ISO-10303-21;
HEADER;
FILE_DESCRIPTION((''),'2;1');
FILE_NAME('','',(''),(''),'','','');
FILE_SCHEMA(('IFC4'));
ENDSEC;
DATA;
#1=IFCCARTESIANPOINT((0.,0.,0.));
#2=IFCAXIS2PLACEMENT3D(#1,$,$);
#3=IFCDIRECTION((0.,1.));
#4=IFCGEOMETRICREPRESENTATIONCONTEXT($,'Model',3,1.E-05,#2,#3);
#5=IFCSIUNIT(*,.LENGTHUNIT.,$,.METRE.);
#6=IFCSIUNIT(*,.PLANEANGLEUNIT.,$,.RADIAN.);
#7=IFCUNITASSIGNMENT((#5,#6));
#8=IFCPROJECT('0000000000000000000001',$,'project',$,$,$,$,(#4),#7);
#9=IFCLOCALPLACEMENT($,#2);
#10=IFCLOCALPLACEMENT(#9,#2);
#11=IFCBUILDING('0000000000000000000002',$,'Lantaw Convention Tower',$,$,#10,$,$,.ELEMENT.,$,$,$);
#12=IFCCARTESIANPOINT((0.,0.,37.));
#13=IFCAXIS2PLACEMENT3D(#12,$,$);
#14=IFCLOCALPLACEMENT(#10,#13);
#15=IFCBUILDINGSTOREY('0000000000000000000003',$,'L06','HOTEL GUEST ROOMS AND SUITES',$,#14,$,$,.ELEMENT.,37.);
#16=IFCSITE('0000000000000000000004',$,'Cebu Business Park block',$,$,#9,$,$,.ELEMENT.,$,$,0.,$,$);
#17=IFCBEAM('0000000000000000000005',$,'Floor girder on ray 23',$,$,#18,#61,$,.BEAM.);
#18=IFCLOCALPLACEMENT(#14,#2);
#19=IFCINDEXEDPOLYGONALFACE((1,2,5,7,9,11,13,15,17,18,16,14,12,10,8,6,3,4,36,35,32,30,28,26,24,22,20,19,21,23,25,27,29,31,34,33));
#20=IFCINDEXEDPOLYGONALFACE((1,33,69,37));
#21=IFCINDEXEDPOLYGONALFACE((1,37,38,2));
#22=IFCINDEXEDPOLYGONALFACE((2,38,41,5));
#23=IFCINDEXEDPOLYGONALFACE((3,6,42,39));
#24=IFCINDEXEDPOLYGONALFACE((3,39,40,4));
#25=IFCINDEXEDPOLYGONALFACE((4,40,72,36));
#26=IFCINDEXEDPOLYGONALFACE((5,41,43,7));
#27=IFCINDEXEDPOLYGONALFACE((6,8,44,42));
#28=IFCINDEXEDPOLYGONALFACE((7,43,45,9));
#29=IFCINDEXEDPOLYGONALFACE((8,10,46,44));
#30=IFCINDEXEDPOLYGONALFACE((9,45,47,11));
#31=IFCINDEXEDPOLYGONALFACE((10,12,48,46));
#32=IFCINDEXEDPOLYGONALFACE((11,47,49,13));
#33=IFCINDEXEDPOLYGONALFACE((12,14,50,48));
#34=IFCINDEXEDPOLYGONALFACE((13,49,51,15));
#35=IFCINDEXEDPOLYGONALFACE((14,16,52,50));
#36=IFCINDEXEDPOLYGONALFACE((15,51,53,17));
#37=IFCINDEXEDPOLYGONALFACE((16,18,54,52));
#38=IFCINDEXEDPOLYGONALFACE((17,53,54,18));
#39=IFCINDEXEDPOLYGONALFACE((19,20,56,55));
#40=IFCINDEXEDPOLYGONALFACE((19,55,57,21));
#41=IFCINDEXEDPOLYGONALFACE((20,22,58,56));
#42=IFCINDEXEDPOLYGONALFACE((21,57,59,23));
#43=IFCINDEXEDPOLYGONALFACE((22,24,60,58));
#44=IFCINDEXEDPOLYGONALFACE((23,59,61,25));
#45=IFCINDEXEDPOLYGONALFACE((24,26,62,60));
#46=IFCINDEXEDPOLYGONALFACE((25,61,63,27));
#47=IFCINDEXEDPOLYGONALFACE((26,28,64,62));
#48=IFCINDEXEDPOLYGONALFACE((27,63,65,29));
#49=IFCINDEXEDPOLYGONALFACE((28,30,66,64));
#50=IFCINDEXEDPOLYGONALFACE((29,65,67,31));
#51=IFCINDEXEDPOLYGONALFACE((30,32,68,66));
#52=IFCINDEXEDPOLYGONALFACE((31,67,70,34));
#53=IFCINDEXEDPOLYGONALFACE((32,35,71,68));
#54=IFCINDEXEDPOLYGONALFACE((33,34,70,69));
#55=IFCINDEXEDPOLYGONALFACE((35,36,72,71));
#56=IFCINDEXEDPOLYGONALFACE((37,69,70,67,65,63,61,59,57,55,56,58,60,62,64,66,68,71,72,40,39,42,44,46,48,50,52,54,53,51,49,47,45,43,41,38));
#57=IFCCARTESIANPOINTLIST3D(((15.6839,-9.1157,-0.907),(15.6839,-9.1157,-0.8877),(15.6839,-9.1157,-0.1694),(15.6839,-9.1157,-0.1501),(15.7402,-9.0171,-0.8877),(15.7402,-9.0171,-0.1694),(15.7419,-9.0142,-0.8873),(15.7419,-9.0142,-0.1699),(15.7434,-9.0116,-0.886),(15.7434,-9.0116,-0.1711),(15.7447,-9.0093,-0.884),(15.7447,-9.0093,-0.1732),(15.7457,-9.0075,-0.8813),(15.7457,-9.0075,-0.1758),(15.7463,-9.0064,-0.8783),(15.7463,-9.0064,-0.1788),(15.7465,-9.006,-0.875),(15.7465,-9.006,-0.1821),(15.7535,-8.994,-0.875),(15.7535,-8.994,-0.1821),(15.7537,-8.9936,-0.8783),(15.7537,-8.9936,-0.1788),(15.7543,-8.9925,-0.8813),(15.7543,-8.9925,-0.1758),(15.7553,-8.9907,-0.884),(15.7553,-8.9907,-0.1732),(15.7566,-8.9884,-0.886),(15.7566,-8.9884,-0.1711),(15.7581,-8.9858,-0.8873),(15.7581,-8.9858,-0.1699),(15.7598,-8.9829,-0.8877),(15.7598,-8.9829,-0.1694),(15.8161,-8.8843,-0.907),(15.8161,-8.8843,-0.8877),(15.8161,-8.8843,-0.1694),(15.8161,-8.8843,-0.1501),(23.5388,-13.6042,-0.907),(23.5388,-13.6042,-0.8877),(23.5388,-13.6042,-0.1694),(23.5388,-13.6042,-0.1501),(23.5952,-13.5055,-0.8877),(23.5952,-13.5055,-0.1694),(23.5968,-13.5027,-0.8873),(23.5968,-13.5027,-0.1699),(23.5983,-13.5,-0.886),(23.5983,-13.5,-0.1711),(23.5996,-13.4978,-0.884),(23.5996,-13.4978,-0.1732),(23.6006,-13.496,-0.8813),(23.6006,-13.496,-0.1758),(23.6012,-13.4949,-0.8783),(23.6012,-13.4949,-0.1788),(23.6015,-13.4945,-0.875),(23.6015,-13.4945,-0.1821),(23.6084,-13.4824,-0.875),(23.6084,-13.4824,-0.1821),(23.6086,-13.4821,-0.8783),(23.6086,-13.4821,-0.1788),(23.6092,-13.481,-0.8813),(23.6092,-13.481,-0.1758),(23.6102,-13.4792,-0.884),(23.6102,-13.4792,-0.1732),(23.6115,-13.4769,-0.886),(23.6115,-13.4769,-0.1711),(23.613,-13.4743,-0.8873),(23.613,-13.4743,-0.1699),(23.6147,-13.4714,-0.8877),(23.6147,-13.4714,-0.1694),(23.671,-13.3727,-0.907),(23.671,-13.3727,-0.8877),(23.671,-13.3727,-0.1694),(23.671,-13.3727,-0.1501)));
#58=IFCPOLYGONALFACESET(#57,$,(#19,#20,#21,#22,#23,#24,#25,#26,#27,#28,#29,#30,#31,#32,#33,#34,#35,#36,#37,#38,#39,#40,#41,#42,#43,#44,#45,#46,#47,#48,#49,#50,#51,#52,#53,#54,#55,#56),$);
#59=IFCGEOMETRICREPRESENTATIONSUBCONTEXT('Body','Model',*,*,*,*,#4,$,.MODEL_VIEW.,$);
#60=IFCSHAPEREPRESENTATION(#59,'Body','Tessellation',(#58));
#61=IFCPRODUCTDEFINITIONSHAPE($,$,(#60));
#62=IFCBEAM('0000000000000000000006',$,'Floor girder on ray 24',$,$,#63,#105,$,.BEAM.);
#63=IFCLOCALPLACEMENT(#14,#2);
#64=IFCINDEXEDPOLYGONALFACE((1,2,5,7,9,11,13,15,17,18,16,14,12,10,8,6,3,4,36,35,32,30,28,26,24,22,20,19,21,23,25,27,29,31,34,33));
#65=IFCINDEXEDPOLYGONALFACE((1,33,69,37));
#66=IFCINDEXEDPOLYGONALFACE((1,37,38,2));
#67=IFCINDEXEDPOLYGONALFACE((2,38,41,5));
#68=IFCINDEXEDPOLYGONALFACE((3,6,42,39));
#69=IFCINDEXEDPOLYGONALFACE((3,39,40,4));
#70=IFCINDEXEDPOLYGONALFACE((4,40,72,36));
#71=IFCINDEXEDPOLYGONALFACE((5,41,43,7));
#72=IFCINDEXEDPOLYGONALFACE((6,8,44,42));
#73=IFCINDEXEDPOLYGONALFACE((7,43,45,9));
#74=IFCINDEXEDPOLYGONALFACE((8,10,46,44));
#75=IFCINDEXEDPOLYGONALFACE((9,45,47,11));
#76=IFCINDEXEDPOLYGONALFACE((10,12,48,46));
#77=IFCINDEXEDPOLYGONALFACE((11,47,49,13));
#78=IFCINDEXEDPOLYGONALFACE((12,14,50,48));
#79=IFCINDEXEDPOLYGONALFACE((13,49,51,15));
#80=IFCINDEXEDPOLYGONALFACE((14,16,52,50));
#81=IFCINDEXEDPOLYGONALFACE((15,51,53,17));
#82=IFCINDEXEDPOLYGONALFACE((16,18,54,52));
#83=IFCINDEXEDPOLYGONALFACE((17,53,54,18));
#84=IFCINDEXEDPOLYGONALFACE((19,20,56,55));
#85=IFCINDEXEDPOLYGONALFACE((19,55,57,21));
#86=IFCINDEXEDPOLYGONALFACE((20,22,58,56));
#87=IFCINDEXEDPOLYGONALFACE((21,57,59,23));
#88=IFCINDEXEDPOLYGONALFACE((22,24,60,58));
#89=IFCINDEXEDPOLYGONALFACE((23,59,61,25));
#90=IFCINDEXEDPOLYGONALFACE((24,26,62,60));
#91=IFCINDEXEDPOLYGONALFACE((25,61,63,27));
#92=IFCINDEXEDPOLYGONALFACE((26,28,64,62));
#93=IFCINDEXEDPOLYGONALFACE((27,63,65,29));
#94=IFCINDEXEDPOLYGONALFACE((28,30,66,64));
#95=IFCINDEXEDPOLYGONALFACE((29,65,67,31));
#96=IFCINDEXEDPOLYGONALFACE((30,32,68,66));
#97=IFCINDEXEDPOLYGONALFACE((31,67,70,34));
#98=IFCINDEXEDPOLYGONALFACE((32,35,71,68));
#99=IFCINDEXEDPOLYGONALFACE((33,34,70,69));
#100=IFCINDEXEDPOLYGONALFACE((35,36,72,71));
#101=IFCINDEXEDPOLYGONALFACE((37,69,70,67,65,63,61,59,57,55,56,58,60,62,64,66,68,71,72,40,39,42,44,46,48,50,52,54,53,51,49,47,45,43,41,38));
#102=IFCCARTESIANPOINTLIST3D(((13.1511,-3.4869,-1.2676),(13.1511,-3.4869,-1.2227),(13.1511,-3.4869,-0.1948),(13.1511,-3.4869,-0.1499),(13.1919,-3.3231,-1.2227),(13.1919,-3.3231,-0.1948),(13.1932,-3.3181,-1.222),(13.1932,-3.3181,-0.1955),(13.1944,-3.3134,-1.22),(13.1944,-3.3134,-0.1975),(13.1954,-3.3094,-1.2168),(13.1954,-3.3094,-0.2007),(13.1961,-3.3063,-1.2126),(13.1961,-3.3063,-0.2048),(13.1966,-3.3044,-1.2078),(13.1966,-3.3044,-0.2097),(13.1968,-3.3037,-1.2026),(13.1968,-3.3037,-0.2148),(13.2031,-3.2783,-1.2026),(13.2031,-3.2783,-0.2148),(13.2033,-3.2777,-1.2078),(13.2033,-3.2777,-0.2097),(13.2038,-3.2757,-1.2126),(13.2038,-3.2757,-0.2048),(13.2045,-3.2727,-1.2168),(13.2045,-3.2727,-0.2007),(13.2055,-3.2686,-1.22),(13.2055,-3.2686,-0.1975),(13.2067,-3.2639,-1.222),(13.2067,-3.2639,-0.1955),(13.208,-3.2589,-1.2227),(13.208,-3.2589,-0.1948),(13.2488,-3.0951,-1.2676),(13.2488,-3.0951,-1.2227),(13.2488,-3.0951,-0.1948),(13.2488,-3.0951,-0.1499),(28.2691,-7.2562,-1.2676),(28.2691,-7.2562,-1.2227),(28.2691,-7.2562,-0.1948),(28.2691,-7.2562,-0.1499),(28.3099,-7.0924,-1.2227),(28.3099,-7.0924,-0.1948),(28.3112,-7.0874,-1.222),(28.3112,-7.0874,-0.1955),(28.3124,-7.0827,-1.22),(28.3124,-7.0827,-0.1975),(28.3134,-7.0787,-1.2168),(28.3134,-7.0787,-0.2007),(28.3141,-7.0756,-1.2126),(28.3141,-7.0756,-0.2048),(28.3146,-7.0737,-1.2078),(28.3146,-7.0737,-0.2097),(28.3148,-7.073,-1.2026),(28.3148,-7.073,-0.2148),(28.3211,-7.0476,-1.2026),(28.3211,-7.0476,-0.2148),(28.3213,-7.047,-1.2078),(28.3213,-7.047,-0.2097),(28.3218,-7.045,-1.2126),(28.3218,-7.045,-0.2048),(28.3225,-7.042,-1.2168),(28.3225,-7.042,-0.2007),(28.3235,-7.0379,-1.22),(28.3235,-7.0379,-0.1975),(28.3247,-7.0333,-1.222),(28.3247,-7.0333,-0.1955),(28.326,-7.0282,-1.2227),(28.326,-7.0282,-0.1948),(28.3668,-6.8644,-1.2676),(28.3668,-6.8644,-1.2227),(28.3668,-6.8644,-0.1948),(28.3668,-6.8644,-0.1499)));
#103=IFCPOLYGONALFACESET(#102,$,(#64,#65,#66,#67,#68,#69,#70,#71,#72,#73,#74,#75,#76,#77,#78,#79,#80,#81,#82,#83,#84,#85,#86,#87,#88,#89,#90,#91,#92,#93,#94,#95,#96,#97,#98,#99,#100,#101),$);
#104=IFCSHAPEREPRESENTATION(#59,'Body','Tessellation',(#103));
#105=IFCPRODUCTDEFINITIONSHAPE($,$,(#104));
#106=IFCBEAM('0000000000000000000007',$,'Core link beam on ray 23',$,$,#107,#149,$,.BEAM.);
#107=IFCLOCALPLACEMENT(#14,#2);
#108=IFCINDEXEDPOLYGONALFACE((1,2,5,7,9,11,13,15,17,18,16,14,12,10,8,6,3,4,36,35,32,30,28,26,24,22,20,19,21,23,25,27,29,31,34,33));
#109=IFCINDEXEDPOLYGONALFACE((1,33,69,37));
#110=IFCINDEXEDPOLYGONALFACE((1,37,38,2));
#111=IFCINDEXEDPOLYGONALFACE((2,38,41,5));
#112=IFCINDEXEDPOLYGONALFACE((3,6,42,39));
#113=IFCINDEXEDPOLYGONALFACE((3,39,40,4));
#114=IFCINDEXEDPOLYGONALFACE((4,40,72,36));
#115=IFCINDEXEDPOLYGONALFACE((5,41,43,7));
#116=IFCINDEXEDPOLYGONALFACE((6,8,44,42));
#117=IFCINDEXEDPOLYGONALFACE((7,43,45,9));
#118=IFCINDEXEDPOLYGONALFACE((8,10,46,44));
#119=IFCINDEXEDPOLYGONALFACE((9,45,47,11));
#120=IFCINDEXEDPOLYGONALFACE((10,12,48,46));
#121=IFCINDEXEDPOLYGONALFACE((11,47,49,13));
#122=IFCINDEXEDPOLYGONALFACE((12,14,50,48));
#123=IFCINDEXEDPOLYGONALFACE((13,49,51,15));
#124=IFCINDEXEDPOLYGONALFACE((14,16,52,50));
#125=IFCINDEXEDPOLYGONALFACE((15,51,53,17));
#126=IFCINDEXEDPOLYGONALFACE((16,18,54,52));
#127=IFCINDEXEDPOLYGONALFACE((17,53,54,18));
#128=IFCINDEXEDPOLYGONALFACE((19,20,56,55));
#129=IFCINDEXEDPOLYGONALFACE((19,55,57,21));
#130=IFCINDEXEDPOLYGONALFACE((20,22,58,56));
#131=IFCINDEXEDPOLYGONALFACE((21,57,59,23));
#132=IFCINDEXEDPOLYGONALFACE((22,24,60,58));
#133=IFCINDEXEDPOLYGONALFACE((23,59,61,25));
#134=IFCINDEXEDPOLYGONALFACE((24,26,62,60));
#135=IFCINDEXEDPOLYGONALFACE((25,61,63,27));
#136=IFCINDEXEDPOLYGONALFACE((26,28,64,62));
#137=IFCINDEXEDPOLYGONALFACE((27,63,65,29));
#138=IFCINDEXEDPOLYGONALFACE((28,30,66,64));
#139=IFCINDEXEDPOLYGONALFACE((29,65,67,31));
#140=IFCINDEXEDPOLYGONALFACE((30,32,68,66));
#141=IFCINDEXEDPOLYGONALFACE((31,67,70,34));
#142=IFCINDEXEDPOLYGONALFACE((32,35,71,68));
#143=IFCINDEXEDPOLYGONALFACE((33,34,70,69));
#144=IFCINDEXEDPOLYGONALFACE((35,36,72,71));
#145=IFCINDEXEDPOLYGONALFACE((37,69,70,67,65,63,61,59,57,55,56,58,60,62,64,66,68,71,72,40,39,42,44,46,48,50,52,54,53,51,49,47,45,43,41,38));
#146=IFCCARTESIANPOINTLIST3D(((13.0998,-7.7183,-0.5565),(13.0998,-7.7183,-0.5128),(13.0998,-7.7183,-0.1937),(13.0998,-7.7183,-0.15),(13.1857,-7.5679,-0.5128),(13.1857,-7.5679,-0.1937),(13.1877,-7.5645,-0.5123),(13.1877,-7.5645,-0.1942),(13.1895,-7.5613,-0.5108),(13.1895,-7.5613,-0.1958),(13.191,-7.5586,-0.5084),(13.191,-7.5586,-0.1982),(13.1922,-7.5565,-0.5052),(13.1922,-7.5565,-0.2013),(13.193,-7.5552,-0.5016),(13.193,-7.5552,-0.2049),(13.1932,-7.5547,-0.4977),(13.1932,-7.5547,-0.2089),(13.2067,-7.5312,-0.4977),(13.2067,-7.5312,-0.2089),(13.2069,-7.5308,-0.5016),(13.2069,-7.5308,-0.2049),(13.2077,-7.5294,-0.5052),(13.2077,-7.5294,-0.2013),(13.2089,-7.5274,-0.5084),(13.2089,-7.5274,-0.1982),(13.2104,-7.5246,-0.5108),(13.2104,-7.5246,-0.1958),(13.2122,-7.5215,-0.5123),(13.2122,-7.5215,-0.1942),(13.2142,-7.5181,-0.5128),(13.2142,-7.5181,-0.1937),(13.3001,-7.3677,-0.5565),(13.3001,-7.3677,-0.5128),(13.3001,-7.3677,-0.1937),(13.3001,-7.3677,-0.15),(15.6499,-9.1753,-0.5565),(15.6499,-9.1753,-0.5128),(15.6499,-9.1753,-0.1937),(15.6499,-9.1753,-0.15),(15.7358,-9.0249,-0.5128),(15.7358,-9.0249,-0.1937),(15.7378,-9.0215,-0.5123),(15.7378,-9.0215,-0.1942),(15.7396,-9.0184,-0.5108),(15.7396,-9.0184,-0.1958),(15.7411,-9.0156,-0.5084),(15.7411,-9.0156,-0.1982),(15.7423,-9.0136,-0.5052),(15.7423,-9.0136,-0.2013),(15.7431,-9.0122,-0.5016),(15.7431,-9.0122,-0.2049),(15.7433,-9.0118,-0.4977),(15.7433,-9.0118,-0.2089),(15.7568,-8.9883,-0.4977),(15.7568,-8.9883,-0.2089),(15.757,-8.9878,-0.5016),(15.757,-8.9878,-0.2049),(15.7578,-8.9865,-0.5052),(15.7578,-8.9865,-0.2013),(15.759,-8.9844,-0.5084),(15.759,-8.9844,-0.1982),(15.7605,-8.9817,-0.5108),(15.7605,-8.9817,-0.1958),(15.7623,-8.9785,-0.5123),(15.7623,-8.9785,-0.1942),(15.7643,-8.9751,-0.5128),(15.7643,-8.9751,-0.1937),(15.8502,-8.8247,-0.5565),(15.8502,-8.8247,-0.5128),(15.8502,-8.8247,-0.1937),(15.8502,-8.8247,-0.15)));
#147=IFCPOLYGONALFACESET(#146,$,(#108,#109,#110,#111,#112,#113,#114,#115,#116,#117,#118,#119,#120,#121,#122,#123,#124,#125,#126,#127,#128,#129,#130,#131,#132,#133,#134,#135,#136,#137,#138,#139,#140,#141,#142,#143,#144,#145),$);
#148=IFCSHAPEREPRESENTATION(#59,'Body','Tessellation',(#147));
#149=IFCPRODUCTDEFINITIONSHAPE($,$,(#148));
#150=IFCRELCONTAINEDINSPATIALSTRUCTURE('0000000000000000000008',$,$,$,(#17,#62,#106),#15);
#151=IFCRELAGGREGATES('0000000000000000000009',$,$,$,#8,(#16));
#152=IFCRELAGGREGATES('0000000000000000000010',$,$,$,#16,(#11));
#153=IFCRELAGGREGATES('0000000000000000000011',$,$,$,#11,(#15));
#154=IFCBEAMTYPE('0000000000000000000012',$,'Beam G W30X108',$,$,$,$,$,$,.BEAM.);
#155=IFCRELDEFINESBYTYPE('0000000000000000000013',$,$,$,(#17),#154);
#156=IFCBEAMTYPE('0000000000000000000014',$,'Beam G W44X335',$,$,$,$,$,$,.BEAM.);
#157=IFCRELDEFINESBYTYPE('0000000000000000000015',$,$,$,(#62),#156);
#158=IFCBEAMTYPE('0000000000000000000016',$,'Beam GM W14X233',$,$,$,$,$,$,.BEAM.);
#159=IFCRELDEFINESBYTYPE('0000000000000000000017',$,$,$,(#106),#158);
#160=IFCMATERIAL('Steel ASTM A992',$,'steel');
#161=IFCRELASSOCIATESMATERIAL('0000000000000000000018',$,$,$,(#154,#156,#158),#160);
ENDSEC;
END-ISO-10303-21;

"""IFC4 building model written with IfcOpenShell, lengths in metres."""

from ifc_helpers import new_model, si_unit, direction, frame, origin, origin_2d, place, context, subcontext, project, spatial, i_section, extrude, material, material_profile, profile_set, type_object, element, save


model = new_model("IFC4")

# Units and contexts
model_context = context("Model", 3, precision=1e-05, world=origin(), true_north=direction((0.0, 1.0)))
body_context = subcontext(model_context, "Body", "Model", "MODEL_VIEW")
ifc_project = project(units=[si_unit("LENGTHUNIT", "METRE"), si_unit("PLANEANGLEUNIT", "RADIAN")], contexts=[model_context])

# Site, building, storey
site_placement = place(None, origin())
site = spatial("IfcSite", under=ifc_project, at=site_placement, Name="Cebu Business Park block", CompositionType="ELEMENT", RefElevation=0.0)
building_placement = place(site_placement, origin())
building = spatial("IfcBuilding", under=site, at=building_placement, Name="Lantaw Convention Tower", CompositionType="ELEMENT")
storey_placement = place(building_placement, frame((0.0, 0.0, 37.0)))
storey = spatial("IfcBuildingStorey", under=building, at=storey_placement, Name="L06", Description="HOTEL GUEST ROOMS AND SUITES", CompositionType="ELEMENT", Elevation=37.0)

# Beams
ifc_material_1 = material(Name="Steel ASTM A992", Category="steel")
ifc_material_profile_1 = material_profile(ifc_material_1, i_section(OverallWidth=0.2666, OverallDepth=0.7568, WebThickness=0.0139, FlangeThickness=0.0193, FilletRadius=0.0127, at=origin_2d()), Name="W30X108")
ifc_profile_set_1 = profile_set([ifc_material_profile_1], Name="Steel ASTM A992")
beam_type_1 = type_object("IfcBeamType", Name="Beam G W30X108", PredefinedType="BEAM", material=ifc_profile_set_1)
beam_1_placement = place(storey_placement, frame((15.75, -9.0, -0.5286), z_axis=(0.868245, -0.496136, 0.0), x_axis=(0.496136, 0.868245, 0.0)))
element("IfcBeam", 1, at=beam_1_placement, inside=storey, type_object=beam_type_1, Name="Floor girder on ray 23", PredefinedType="BEAM", context=body_context, shape_type="SweptSolid", body=[
    extrude(i_section(OverallWidth=0.2666, OverallDepth=0.7568, WebThickness=0.0139, FlangeThickness=0.0193, FilletRadius=0.0127, at=origin_2d()), origin(), (0.0, 0.0, 1.0), 9.0469),
])
ifc_material_profile_2 = material_profile(ifc_material_1, i_section(OverallWidth=0.4038, OverallDepth=1.1177, WebThickness=0.0261, FlangeThickness=0.0449, FilletRadius=0.02, at=origin_2d()), Name="W44X335")
ifc_profile_set_2 = profile_set([ifc_material_profile_2], Name="Steel ASTM A992")
beam_type_2 = type_object("IfcBeamType", Name="Beam G W44X335", PredefinedType="BEAM", material=ifc_profile_set_2)
beam_2_placement = place(storey_placement, frame((13.2, -3.291, -0.7087), z_axis=(0.970296, -0.24192, 0.0), x_axis=(0.24192, 0.970296, 0.0)))
element("IfcBeam", 2, at=beam_2_placement, inside=storey, type_object=beam_type_2, Name="Floor girder on ray 24", PredefinedType="BEAM", context=body_context, shape_type="SweptSolid", body=[
    extrude(i_section(OverallWidth=0.4038, OverallDepth=1.1177, WebThickness=0.0261, FlangeThickness=0.0449, FilletRadius=0.02, at=origin_2d()), origin(), (0.0, 0.0, 1.0), 15.5808),
])
ifc_material_profile_3 = material_profile(ifc_material_1, i_section(OverallWidth=0.4038, OverallDepth=0.4065, WebThickness=0.0271, FlangeThickness=0.0437, FilletRadius=0.0151, at=origin_2d()), Name="W14X233")
ifc_profile_set_3 = profile_set([ifc_material_profile_3], Name="Steel ASTM A992")
beam_type_3 = type_object("IfcBeamType", Name="Beam GM W14X233", PredefinedType="BEAM", material=ifc_profile_set_3)
beam_3_placement = place(storey_placement, frame((13.2, -7.543, -0.3533), z_axis=(0.868264, -0.496103, 0.0), x_axis=(0.496103, 0.868264, 0.0)))
element("IfcBeam", 3, at=beam_3_placement, inside=storey, type_object=beam_type_3, Name="Core link beam on ray 23", PredefinedType="BEAM", context=body_context, shape_type="SweptSolid", body=[
    extrude(i_section(OverallWidth=0.4038, OverallDepth=0.4065, WebThickness=0.0271, FlangeThickness=0.0437, FilletRadius=0.0151, at=origin_2d()), origin(), (0.0, 0.0, 1.0), 2.937),
])

save(model, "model.ifc")
